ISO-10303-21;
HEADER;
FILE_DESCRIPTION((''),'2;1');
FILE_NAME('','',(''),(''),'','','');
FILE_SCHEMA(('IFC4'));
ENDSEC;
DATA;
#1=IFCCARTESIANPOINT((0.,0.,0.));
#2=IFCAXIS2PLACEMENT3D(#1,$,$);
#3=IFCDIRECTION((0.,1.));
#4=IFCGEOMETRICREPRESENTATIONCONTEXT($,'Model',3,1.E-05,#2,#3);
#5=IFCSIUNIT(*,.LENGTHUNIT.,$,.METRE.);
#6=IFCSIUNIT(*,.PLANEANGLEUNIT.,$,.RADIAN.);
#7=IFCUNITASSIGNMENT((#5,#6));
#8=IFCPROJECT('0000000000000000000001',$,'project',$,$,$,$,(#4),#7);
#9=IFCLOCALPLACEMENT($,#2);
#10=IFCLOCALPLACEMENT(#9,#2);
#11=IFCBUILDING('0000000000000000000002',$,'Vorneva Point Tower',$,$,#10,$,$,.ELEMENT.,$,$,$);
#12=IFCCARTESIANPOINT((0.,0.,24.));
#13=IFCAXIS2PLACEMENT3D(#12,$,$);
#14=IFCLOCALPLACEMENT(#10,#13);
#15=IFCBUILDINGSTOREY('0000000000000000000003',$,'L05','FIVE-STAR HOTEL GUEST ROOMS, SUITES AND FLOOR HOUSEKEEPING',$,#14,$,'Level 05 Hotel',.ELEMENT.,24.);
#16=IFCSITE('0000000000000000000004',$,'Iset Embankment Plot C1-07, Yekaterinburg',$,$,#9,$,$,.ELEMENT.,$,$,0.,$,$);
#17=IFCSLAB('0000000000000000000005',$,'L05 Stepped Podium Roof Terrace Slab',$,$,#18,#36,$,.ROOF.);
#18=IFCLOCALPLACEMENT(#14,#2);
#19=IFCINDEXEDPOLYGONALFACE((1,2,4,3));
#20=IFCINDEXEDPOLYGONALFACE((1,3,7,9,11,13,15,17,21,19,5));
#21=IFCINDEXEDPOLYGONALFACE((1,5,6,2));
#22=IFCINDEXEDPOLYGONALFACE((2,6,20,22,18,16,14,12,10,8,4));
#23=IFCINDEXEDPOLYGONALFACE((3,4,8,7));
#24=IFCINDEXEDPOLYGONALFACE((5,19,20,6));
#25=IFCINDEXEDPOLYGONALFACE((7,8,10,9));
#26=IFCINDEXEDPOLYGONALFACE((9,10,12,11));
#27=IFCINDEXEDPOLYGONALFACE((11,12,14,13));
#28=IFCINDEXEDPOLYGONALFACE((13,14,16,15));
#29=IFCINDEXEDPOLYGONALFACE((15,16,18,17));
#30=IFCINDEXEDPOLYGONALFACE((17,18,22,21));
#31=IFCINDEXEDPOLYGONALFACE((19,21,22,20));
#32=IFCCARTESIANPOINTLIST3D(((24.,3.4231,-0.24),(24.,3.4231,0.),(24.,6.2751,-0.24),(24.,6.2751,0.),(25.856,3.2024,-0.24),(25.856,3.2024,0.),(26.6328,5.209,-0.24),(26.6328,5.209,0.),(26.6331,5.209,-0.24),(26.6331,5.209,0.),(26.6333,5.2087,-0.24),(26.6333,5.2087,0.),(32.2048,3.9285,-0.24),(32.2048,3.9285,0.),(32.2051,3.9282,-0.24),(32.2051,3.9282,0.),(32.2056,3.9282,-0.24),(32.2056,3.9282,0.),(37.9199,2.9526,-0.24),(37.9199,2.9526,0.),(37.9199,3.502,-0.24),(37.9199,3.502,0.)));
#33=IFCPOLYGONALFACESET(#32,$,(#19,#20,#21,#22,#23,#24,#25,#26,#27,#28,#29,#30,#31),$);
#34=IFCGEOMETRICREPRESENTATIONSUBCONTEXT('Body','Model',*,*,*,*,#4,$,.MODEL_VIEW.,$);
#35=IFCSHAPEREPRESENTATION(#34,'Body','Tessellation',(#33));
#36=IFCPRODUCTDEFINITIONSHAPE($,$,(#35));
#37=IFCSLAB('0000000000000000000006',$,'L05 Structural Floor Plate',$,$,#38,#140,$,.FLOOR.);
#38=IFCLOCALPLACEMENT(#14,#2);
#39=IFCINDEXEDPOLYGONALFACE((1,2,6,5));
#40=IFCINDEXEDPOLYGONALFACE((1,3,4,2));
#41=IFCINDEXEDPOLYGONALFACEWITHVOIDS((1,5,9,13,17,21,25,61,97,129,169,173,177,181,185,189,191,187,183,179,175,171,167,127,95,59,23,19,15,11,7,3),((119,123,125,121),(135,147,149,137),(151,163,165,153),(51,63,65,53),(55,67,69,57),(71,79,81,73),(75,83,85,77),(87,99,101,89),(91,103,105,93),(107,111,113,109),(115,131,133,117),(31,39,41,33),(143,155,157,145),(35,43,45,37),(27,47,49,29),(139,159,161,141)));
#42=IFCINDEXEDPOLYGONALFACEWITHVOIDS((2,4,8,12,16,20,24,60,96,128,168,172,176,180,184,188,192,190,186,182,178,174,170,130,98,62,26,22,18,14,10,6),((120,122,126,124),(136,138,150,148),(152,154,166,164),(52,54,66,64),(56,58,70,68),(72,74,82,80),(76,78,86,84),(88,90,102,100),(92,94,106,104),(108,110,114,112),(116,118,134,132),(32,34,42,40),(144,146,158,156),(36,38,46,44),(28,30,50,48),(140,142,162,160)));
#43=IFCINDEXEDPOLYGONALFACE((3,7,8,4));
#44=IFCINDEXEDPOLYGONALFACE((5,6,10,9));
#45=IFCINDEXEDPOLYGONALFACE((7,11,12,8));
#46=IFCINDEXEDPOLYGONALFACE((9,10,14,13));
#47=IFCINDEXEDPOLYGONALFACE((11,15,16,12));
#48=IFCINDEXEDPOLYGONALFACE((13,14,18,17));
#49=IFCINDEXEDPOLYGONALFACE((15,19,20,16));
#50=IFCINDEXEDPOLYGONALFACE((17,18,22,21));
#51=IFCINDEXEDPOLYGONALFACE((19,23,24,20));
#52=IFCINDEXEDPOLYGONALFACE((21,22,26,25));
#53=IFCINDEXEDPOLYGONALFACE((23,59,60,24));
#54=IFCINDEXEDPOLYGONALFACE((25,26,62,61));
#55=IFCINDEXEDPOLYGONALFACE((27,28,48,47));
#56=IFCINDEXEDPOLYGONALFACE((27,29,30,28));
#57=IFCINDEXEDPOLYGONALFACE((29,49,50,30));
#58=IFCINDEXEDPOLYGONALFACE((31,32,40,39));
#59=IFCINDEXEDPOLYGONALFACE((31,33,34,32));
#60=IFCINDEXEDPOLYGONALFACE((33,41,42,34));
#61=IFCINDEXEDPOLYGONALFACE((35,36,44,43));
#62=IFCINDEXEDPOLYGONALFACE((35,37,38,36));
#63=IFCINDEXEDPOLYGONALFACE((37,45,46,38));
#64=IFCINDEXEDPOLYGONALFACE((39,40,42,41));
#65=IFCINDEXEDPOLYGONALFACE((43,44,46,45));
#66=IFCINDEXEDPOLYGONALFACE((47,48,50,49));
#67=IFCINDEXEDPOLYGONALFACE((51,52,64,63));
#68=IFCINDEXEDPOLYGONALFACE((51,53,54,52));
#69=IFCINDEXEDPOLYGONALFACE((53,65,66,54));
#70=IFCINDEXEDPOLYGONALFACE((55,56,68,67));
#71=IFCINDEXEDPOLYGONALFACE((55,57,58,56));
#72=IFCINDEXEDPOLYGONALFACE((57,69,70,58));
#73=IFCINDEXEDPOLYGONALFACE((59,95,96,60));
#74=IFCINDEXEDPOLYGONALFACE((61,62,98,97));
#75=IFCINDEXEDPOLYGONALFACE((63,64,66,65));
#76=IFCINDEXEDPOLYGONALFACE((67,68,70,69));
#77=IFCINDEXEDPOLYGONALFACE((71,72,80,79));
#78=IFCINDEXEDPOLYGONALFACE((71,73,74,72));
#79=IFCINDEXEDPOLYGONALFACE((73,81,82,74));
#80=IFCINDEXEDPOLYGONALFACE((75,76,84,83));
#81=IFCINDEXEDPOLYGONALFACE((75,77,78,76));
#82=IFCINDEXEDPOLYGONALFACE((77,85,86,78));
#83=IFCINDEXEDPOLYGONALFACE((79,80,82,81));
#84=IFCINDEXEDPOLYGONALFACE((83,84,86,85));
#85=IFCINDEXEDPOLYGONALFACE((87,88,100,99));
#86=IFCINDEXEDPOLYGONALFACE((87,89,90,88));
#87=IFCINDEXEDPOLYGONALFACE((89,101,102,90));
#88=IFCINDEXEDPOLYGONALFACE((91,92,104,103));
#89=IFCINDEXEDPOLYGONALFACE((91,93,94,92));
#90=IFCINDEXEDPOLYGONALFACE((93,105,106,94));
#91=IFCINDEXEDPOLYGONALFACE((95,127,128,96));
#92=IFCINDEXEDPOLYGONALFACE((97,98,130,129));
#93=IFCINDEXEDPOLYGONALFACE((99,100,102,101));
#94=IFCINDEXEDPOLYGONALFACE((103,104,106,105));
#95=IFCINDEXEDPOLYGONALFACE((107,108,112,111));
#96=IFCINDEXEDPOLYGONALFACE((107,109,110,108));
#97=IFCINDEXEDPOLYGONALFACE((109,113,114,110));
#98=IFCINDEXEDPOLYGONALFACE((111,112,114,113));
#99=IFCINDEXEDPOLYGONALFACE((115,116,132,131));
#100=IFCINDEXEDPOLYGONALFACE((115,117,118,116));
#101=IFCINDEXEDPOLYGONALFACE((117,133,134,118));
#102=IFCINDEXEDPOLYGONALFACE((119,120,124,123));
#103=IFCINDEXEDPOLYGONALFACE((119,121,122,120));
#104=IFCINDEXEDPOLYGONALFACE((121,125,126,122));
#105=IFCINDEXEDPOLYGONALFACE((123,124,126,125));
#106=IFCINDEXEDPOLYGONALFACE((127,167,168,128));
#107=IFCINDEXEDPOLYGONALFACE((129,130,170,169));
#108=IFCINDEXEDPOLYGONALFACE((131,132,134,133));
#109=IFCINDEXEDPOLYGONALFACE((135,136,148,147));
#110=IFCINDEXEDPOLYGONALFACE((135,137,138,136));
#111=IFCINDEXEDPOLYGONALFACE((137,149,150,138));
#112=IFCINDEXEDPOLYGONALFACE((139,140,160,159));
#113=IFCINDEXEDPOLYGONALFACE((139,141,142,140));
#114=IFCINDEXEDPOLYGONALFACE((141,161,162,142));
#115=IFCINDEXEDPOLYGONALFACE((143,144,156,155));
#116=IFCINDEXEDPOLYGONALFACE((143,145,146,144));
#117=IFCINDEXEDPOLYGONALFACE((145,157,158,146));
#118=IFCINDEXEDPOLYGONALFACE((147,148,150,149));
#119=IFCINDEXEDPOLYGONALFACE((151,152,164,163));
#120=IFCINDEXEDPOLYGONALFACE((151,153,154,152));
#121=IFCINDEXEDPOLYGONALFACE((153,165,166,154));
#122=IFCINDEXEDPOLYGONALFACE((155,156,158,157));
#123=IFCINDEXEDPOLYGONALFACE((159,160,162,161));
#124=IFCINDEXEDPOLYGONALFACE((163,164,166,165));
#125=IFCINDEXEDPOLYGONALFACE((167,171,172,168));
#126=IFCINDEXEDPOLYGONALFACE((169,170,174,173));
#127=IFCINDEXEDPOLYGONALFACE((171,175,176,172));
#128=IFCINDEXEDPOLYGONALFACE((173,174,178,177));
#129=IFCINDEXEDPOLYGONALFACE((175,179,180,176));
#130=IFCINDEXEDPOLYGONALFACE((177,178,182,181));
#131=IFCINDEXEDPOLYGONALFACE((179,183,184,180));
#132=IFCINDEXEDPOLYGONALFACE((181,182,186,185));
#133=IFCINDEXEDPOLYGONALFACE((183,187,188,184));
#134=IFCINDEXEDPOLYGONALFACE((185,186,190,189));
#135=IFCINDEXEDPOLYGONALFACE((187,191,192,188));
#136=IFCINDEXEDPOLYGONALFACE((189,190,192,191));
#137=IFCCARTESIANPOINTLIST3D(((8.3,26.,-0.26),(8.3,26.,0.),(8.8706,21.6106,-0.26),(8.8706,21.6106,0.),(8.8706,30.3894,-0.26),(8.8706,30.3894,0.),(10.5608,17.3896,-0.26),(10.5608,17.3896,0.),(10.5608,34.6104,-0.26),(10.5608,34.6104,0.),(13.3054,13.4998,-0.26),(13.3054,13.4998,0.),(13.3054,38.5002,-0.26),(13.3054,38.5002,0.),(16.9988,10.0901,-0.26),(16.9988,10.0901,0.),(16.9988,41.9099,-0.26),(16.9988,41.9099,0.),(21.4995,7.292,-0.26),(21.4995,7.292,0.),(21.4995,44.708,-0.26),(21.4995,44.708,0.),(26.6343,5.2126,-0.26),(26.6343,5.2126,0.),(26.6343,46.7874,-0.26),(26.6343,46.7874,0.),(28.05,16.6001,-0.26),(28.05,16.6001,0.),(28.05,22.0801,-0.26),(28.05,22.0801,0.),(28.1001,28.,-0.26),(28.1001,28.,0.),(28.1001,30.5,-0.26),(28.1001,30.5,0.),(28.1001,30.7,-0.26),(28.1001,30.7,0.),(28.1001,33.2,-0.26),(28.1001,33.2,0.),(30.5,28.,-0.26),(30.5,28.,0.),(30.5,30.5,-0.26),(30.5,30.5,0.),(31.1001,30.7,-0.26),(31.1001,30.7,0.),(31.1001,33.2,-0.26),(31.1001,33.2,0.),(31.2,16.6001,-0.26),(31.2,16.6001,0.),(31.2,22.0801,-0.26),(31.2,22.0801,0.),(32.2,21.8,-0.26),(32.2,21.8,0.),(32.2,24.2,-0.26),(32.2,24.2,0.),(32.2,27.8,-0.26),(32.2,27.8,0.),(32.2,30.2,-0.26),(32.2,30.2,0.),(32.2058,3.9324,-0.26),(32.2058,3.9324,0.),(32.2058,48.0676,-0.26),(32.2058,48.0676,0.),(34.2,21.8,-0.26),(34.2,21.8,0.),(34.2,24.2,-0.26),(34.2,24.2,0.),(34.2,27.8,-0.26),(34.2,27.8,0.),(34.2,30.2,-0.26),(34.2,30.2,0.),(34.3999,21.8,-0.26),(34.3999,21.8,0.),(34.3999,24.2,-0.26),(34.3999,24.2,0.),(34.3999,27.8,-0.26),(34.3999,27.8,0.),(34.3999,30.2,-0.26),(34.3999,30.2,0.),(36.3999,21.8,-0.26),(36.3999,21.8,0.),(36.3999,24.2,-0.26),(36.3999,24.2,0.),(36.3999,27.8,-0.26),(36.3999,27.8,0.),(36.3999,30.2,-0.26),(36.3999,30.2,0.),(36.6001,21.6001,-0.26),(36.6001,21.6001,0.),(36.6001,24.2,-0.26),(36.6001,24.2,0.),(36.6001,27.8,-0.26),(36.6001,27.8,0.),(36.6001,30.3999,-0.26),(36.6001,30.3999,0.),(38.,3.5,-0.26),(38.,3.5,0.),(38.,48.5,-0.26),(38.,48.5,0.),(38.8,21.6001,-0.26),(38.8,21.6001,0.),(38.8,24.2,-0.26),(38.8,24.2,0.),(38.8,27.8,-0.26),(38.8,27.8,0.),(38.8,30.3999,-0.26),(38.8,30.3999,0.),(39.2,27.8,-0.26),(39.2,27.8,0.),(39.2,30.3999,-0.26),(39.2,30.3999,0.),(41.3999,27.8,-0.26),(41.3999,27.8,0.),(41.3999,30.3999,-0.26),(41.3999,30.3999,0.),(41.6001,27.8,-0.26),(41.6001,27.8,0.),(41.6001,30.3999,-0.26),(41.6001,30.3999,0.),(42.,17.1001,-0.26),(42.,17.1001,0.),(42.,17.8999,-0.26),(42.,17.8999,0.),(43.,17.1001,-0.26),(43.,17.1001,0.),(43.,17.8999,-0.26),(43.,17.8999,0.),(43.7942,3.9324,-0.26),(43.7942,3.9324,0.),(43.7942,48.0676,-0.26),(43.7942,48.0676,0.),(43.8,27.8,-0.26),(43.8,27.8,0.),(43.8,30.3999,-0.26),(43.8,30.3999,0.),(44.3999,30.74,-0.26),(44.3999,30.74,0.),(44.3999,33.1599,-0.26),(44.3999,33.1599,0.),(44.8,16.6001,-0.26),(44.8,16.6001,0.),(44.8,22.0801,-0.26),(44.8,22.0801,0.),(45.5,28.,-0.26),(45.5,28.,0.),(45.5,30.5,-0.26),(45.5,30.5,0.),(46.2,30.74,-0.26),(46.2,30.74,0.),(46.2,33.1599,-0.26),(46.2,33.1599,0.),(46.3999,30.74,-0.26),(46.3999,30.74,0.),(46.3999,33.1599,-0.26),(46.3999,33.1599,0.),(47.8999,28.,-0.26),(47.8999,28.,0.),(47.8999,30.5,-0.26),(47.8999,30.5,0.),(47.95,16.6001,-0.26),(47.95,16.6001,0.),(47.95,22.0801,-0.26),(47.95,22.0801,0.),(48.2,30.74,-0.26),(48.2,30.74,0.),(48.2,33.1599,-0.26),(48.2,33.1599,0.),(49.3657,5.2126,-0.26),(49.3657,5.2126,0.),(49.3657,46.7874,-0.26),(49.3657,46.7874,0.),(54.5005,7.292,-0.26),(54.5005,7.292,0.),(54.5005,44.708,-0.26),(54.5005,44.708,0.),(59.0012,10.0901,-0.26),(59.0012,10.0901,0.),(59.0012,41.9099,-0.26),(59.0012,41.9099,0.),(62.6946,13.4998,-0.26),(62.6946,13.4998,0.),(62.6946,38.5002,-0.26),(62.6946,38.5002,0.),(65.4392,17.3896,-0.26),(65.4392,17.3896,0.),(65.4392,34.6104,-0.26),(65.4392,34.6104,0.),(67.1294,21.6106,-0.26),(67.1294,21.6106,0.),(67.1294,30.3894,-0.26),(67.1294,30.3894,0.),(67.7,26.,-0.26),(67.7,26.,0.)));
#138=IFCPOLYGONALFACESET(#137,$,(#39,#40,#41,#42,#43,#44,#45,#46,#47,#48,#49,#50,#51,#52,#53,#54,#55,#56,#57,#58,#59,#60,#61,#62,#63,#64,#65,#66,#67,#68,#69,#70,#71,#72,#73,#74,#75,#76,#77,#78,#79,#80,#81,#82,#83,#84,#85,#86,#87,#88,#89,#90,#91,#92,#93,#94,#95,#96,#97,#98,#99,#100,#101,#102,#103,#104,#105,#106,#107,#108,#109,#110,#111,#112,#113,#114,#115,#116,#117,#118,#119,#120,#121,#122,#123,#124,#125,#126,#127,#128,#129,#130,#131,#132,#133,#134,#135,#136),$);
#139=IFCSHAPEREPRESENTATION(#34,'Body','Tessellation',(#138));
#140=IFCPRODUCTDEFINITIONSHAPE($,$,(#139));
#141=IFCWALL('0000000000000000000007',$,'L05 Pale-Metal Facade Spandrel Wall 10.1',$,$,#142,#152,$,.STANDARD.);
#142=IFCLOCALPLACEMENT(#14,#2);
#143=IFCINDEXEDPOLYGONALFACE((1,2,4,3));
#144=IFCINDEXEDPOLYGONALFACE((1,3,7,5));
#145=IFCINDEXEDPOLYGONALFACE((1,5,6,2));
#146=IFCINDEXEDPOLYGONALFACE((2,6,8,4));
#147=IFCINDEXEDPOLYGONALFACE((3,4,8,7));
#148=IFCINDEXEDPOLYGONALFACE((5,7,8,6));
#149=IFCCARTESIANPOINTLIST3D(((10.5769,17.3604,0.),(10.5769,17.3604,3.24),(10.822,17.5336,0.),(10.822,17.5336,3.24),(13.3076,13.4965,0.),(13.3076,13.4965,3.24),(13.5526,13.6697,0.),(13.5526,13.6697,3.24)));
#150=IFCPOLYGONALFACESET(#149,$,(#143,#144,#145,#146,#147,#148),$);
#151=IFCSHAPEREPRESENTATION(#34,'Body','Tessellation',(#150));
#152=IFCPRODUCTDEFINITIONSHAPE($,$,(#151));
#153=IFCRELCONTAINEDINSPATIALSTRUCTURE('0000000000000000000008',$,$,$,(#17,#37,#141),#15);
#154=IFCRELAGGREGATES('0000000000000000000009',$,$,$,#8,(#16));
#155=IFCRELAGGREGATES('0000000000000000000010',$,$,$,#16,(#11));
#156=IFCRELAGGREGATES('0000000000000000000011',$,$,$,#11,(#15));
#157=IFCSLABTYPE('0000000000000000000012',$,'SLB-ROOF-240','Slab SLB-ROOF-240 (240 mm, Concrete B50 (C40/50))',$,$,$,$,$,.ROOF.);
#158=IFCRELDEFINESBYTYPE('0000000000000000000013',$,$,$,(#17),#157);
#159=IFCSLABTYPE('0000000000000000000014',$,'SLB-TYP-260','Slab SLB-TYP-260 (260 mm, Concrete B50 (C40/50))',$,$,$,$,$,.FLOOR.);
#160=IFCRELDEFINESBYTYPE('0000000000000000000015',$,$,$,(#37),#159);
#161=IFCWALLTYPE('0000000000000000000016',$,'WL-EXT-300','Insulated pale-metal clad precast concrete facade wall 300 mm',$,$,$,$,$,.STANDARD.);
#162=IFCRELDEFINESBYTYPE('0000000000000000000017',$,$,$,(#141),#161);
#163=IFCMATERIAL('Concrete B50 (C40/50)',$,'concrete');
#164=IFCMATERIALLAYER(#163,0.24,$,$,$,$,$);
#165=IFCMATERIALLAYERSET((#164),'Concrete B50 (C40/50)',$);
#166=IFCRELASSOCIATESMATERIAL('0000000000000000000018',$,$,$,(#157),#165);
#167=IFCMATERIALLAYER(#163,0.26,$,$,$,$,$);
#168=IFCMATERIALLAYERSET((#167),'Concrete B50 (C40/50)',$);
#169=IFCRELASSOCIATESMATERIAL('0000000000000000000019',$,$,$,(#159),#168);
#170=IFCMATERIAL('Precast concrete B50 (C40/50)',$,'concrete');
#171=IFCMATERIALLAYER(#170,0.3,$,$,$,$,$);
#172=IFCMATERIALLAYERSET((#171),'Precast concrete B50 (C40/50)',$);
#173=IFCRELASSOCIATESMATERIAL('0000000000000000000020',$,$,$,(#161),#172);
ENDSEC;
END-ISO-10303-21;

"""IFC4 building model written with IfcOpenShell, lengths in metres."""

from ifc_helpers import new_model, si_unit, direction, frame, frame_2d, origin, place, context, subcontext, project, spatial, polyline, rectangle, outline, extrude, material, layer, layer_set, type_object, element, save


model = new_model("IFC4")

# Units and contexts
model_context = context("Model", 3, precision=1e-05, world=origin(), true_north=direction((0.0, 1.0)))
body_context = subcontext(model_context, "Body", "Model", "MODEL_VIEW")
ifc_project = project(units=[si_unit("LENGTHUNIT", "METRE"), si_unit("PLANEANGLEUNIT", "RADIAN")], contexts=[model_context])

# Site, building, storey
site_placement = place(None, origin())
site = spatial("IfcSite", under=ifc_project, at=site_placement, Name="Iset Embankment Plot C1-07, Yekaterinburg", CompositionType="ELEMENT", RefElevation=0.0)
building_placement = place(site_placement, origin())
building = spatial("IfcBuilding", under=site, at=building_placement, Name="Vorneva Point Tower", CompositionType="ELEMENT")
storey_placement = place(building_placement, frame((0.0, 0.0, 24.0)))
storey = spatial("IfcBuildingStorey", under=building, at=storey_placement, Name="L05", Description="FIVE-STAR HOTEL GUEST ROOMS, SUITES AND FLOOR HOUSEKEEPING", LongName="Level 05 Hotel", CompositionType="ELEMENT", Elevation=24.0)

# Shared definitions
ifc_material_1 = material(Name="Concrete B50 (C40/50)", Category="concrete")

# Slabs
ifc_layer_1 = layer(ifc_material_1, 0.24)
ifc_layer_set_1 = layer_set([ifc_layer_1], Name="Concrete B50 (C40/50)")
slab_type_1 = type_object("IfcSlabType", Name="SLB-ROOF-240", Description="Slab SLB-ROOF-240 (240 mm, Concrete B50 (C40/50))", PredefinedType="ROOF", material=ifc_layer_set_1)
slab_1_placement = place(storey_placement, frame((0.0, 0.0, -0.24)))
element("IfcSlab", 1, at=slab_1_placement, inside=storey, type_object=slab_type_1, Name="L05 Stepped Podium Roof Terrace Slab", PredefinedType="ROOF", context=body_context, shape_type="SweptSolid", body=[
    extrude(outline(polyline([(37.9199, 2.9526), (37.9199, 3.502), (32.2056, 3.9282), (32.2051, 3.9282), (32.2048, 3.9285), (26.6333, 5.2087), (26.6331, 5.209), (26.6328, 5.209), (24.0, 6.2751), (24.0, 3.4231), (25.856, 3.2024), (37.9199, 2.9526)])), origin(), (0.0, 0.0, 1.0), 0.24),
])
ifc_layer_2 = layer(ifc_material_1, 0.26)
ifc_layer_set_2 = layer_set([ifc_layer_2], Name="Concrete B50 (C40/50)")
slab_type_2 = type_object("IfcSlabType", Name="SLB-TYP-260", Description="Slab SLB-TYP-260 (260 mm, Concrete B50 (C40/50))", PredefinedType="FLOOR", material=ifc_layer_set_2)
slab_2_placement = place(storey_placement, frame((0.0, 0.0, -0.26)))
element("IfcSlab", 2, at=slab_2_placement, inside=storey, type_object=slab_type_2, Name="L05 Structural Floor Plate", PredefinedType="FLOOR", context=body_context, shape_type="SweptSolid", body=[
    extrude(outline(polyline([(67.7, 26.0), (67.1294, 30.3894), (65.4392, 34.6104), (62.6946, 38.5002), (59.0012, 41.9099), (54.5005, 44.708), (49.3657, 46.7874), (43.7942, 48.0676), (38.0, 48.5), (32.2058, 48.0676), (26.6343, 46.7874), (21.4995, 44.708), (16.9988, 41.9099), (13.3054, 38.5002), (10.5608, 34.6104), (8.8706, 30.3894), (8.3, 26.0), (8.8706, 21.6106), (10.5608, 17.3896), (13.3054, 13.4998), (16.9988, 10.0901), (21.4995, 7.292), (26.6343, 5.2126), (32.2058, 3.9324), (38.0, 3.5), (43.7942, 3.9324), (49.3657, 5.2126), (54.5005, 7.292), (59.0012, 10.0901), (62.6946, 13.4998), (65.4392, 17.3896), (67.1294, 21.6106), (67.7, 26.0)]), holes=[polyline([(32.2, 27.8), (34.2, 27.8), (34.2, 30.2), (32.2, 30.2), (32.2, 27.8)]), polyline([(34.3999, 27.8), (36.3999, 27.8), (36.3999, 30.2), (34.3999, 30.2), (34.3999, 27.8)]), polyline([(36.6001, 27.8), (38.8, 27.8), (38.8, 30.3999), (36.6001, 30.3999), (36.6001, 27.8)]), polyline([(32.2, 21.8), (34.2, 21.8), (34.2, 24.2), (32.2, 24.2), (32.2, 21.8)]), polyline([(34.3999, 21.8), (36.3999, 21.8), (36.3999, 24.2), (34.3999, 24.2), (34.3999, 21.8)]), polyline([(36.6001, 21.6001), (38.8, 21.6001), (38.8, 24.2), (36.6001, 24.2), (36.6001, 21.6001)]), polyline([(39.2, 27.8), (41.3999, 27.8), (41.3999, 30.3999), (39.2, 30.3999), (39.2, 27.8)]), polyline([(41.6001, 27.8), (43.8, 27.8), (43.8, 30.3999), (41.6001, 30.3999), (41.6001, 27.8)]), polyline([(44.3999, 30.74), (46.2, 30.74), (46.2, 33.1599), (44.3999, 33.1599), (44.3999, 30.74)]), polyline([(46.3999, 30.74), (48.2, 30.74), (48.2, 33.1599), (46.3999, 33.1599), (46.3999, 30.74)]), polyline([(28.1001, 28.0), (30.5, 28.0), (30.5, 30.5), (28.1001, 30.5), (28.1001, 28.0)]), polyline([(45.5, 28.0), (47.8999, 28.0), (47.8999, 30.5), (45.5, 30.5), (45.5, 28.0)]), polyline([(28.1001, 30.7), (31.1001, 30.7), (31.1001, 33.2), (28.1001, 33.2), (28.1001, 30.7)]), polyline([(28.05, 16.6001), (31.2, 16.6001), (31.2, 22.0801), (28.05, 22.0801), (28.05, 16.6001)]), polyline([(44.8, 16.6001), (47.95, 16.6001), (47.95, 22.0801), (44.8, 22.0801), (44.8, 16.6001)]), polyline([(42.0, 17.1001), (43.0, 17.1001), (43.0, 17.8999), (42.0, 17.8999), (42.0, 17.1001)])]), origin(), (0.0, 0.0, 1.0), 0.26),
])

# Wall
ifc_material_2 = material(Name="Precast concrete B50 (C40/50)", Category="concrete")
ifc_layer_3 = layer(ifc_material_2, 0.3)
ifc_layer_set_3 = layer_set([ifc_layer_3], Name="Precast concrete B50 (C40/50)")
wall_type_1 = type_object("IfcWallType", Name="WL-EXT-300", Description="Insulated pale-metal clad precast concrete facade wall 300 mm", PredefinedType="STANDARD", material=ifc_layer_set_3)
wall_1_placement = place(storey_placement, frame((10.6995, 17.447, 0.0), z_axis=(0.0, 0.0, 1.0), x_axis=(0.577131, -0.816652, 0.0)))
element("IfcWall", 3, at=wall_1_placement, inside=storey, type_object=wall_type_1, Name="L05 Pale-Metal Facade Spandrel Wall 10.1", PredefinedType="STANDARD", context=body_context, shape_type="SweptSolid", body=[
    extrude(rectangle(XDim=4.7314, YDim=0.3, at=frame_2d((2.3657, 0.0))), origin(), (0.0, 0.0, 1.0), 3.24),
])

save(model, "model.ifc")
